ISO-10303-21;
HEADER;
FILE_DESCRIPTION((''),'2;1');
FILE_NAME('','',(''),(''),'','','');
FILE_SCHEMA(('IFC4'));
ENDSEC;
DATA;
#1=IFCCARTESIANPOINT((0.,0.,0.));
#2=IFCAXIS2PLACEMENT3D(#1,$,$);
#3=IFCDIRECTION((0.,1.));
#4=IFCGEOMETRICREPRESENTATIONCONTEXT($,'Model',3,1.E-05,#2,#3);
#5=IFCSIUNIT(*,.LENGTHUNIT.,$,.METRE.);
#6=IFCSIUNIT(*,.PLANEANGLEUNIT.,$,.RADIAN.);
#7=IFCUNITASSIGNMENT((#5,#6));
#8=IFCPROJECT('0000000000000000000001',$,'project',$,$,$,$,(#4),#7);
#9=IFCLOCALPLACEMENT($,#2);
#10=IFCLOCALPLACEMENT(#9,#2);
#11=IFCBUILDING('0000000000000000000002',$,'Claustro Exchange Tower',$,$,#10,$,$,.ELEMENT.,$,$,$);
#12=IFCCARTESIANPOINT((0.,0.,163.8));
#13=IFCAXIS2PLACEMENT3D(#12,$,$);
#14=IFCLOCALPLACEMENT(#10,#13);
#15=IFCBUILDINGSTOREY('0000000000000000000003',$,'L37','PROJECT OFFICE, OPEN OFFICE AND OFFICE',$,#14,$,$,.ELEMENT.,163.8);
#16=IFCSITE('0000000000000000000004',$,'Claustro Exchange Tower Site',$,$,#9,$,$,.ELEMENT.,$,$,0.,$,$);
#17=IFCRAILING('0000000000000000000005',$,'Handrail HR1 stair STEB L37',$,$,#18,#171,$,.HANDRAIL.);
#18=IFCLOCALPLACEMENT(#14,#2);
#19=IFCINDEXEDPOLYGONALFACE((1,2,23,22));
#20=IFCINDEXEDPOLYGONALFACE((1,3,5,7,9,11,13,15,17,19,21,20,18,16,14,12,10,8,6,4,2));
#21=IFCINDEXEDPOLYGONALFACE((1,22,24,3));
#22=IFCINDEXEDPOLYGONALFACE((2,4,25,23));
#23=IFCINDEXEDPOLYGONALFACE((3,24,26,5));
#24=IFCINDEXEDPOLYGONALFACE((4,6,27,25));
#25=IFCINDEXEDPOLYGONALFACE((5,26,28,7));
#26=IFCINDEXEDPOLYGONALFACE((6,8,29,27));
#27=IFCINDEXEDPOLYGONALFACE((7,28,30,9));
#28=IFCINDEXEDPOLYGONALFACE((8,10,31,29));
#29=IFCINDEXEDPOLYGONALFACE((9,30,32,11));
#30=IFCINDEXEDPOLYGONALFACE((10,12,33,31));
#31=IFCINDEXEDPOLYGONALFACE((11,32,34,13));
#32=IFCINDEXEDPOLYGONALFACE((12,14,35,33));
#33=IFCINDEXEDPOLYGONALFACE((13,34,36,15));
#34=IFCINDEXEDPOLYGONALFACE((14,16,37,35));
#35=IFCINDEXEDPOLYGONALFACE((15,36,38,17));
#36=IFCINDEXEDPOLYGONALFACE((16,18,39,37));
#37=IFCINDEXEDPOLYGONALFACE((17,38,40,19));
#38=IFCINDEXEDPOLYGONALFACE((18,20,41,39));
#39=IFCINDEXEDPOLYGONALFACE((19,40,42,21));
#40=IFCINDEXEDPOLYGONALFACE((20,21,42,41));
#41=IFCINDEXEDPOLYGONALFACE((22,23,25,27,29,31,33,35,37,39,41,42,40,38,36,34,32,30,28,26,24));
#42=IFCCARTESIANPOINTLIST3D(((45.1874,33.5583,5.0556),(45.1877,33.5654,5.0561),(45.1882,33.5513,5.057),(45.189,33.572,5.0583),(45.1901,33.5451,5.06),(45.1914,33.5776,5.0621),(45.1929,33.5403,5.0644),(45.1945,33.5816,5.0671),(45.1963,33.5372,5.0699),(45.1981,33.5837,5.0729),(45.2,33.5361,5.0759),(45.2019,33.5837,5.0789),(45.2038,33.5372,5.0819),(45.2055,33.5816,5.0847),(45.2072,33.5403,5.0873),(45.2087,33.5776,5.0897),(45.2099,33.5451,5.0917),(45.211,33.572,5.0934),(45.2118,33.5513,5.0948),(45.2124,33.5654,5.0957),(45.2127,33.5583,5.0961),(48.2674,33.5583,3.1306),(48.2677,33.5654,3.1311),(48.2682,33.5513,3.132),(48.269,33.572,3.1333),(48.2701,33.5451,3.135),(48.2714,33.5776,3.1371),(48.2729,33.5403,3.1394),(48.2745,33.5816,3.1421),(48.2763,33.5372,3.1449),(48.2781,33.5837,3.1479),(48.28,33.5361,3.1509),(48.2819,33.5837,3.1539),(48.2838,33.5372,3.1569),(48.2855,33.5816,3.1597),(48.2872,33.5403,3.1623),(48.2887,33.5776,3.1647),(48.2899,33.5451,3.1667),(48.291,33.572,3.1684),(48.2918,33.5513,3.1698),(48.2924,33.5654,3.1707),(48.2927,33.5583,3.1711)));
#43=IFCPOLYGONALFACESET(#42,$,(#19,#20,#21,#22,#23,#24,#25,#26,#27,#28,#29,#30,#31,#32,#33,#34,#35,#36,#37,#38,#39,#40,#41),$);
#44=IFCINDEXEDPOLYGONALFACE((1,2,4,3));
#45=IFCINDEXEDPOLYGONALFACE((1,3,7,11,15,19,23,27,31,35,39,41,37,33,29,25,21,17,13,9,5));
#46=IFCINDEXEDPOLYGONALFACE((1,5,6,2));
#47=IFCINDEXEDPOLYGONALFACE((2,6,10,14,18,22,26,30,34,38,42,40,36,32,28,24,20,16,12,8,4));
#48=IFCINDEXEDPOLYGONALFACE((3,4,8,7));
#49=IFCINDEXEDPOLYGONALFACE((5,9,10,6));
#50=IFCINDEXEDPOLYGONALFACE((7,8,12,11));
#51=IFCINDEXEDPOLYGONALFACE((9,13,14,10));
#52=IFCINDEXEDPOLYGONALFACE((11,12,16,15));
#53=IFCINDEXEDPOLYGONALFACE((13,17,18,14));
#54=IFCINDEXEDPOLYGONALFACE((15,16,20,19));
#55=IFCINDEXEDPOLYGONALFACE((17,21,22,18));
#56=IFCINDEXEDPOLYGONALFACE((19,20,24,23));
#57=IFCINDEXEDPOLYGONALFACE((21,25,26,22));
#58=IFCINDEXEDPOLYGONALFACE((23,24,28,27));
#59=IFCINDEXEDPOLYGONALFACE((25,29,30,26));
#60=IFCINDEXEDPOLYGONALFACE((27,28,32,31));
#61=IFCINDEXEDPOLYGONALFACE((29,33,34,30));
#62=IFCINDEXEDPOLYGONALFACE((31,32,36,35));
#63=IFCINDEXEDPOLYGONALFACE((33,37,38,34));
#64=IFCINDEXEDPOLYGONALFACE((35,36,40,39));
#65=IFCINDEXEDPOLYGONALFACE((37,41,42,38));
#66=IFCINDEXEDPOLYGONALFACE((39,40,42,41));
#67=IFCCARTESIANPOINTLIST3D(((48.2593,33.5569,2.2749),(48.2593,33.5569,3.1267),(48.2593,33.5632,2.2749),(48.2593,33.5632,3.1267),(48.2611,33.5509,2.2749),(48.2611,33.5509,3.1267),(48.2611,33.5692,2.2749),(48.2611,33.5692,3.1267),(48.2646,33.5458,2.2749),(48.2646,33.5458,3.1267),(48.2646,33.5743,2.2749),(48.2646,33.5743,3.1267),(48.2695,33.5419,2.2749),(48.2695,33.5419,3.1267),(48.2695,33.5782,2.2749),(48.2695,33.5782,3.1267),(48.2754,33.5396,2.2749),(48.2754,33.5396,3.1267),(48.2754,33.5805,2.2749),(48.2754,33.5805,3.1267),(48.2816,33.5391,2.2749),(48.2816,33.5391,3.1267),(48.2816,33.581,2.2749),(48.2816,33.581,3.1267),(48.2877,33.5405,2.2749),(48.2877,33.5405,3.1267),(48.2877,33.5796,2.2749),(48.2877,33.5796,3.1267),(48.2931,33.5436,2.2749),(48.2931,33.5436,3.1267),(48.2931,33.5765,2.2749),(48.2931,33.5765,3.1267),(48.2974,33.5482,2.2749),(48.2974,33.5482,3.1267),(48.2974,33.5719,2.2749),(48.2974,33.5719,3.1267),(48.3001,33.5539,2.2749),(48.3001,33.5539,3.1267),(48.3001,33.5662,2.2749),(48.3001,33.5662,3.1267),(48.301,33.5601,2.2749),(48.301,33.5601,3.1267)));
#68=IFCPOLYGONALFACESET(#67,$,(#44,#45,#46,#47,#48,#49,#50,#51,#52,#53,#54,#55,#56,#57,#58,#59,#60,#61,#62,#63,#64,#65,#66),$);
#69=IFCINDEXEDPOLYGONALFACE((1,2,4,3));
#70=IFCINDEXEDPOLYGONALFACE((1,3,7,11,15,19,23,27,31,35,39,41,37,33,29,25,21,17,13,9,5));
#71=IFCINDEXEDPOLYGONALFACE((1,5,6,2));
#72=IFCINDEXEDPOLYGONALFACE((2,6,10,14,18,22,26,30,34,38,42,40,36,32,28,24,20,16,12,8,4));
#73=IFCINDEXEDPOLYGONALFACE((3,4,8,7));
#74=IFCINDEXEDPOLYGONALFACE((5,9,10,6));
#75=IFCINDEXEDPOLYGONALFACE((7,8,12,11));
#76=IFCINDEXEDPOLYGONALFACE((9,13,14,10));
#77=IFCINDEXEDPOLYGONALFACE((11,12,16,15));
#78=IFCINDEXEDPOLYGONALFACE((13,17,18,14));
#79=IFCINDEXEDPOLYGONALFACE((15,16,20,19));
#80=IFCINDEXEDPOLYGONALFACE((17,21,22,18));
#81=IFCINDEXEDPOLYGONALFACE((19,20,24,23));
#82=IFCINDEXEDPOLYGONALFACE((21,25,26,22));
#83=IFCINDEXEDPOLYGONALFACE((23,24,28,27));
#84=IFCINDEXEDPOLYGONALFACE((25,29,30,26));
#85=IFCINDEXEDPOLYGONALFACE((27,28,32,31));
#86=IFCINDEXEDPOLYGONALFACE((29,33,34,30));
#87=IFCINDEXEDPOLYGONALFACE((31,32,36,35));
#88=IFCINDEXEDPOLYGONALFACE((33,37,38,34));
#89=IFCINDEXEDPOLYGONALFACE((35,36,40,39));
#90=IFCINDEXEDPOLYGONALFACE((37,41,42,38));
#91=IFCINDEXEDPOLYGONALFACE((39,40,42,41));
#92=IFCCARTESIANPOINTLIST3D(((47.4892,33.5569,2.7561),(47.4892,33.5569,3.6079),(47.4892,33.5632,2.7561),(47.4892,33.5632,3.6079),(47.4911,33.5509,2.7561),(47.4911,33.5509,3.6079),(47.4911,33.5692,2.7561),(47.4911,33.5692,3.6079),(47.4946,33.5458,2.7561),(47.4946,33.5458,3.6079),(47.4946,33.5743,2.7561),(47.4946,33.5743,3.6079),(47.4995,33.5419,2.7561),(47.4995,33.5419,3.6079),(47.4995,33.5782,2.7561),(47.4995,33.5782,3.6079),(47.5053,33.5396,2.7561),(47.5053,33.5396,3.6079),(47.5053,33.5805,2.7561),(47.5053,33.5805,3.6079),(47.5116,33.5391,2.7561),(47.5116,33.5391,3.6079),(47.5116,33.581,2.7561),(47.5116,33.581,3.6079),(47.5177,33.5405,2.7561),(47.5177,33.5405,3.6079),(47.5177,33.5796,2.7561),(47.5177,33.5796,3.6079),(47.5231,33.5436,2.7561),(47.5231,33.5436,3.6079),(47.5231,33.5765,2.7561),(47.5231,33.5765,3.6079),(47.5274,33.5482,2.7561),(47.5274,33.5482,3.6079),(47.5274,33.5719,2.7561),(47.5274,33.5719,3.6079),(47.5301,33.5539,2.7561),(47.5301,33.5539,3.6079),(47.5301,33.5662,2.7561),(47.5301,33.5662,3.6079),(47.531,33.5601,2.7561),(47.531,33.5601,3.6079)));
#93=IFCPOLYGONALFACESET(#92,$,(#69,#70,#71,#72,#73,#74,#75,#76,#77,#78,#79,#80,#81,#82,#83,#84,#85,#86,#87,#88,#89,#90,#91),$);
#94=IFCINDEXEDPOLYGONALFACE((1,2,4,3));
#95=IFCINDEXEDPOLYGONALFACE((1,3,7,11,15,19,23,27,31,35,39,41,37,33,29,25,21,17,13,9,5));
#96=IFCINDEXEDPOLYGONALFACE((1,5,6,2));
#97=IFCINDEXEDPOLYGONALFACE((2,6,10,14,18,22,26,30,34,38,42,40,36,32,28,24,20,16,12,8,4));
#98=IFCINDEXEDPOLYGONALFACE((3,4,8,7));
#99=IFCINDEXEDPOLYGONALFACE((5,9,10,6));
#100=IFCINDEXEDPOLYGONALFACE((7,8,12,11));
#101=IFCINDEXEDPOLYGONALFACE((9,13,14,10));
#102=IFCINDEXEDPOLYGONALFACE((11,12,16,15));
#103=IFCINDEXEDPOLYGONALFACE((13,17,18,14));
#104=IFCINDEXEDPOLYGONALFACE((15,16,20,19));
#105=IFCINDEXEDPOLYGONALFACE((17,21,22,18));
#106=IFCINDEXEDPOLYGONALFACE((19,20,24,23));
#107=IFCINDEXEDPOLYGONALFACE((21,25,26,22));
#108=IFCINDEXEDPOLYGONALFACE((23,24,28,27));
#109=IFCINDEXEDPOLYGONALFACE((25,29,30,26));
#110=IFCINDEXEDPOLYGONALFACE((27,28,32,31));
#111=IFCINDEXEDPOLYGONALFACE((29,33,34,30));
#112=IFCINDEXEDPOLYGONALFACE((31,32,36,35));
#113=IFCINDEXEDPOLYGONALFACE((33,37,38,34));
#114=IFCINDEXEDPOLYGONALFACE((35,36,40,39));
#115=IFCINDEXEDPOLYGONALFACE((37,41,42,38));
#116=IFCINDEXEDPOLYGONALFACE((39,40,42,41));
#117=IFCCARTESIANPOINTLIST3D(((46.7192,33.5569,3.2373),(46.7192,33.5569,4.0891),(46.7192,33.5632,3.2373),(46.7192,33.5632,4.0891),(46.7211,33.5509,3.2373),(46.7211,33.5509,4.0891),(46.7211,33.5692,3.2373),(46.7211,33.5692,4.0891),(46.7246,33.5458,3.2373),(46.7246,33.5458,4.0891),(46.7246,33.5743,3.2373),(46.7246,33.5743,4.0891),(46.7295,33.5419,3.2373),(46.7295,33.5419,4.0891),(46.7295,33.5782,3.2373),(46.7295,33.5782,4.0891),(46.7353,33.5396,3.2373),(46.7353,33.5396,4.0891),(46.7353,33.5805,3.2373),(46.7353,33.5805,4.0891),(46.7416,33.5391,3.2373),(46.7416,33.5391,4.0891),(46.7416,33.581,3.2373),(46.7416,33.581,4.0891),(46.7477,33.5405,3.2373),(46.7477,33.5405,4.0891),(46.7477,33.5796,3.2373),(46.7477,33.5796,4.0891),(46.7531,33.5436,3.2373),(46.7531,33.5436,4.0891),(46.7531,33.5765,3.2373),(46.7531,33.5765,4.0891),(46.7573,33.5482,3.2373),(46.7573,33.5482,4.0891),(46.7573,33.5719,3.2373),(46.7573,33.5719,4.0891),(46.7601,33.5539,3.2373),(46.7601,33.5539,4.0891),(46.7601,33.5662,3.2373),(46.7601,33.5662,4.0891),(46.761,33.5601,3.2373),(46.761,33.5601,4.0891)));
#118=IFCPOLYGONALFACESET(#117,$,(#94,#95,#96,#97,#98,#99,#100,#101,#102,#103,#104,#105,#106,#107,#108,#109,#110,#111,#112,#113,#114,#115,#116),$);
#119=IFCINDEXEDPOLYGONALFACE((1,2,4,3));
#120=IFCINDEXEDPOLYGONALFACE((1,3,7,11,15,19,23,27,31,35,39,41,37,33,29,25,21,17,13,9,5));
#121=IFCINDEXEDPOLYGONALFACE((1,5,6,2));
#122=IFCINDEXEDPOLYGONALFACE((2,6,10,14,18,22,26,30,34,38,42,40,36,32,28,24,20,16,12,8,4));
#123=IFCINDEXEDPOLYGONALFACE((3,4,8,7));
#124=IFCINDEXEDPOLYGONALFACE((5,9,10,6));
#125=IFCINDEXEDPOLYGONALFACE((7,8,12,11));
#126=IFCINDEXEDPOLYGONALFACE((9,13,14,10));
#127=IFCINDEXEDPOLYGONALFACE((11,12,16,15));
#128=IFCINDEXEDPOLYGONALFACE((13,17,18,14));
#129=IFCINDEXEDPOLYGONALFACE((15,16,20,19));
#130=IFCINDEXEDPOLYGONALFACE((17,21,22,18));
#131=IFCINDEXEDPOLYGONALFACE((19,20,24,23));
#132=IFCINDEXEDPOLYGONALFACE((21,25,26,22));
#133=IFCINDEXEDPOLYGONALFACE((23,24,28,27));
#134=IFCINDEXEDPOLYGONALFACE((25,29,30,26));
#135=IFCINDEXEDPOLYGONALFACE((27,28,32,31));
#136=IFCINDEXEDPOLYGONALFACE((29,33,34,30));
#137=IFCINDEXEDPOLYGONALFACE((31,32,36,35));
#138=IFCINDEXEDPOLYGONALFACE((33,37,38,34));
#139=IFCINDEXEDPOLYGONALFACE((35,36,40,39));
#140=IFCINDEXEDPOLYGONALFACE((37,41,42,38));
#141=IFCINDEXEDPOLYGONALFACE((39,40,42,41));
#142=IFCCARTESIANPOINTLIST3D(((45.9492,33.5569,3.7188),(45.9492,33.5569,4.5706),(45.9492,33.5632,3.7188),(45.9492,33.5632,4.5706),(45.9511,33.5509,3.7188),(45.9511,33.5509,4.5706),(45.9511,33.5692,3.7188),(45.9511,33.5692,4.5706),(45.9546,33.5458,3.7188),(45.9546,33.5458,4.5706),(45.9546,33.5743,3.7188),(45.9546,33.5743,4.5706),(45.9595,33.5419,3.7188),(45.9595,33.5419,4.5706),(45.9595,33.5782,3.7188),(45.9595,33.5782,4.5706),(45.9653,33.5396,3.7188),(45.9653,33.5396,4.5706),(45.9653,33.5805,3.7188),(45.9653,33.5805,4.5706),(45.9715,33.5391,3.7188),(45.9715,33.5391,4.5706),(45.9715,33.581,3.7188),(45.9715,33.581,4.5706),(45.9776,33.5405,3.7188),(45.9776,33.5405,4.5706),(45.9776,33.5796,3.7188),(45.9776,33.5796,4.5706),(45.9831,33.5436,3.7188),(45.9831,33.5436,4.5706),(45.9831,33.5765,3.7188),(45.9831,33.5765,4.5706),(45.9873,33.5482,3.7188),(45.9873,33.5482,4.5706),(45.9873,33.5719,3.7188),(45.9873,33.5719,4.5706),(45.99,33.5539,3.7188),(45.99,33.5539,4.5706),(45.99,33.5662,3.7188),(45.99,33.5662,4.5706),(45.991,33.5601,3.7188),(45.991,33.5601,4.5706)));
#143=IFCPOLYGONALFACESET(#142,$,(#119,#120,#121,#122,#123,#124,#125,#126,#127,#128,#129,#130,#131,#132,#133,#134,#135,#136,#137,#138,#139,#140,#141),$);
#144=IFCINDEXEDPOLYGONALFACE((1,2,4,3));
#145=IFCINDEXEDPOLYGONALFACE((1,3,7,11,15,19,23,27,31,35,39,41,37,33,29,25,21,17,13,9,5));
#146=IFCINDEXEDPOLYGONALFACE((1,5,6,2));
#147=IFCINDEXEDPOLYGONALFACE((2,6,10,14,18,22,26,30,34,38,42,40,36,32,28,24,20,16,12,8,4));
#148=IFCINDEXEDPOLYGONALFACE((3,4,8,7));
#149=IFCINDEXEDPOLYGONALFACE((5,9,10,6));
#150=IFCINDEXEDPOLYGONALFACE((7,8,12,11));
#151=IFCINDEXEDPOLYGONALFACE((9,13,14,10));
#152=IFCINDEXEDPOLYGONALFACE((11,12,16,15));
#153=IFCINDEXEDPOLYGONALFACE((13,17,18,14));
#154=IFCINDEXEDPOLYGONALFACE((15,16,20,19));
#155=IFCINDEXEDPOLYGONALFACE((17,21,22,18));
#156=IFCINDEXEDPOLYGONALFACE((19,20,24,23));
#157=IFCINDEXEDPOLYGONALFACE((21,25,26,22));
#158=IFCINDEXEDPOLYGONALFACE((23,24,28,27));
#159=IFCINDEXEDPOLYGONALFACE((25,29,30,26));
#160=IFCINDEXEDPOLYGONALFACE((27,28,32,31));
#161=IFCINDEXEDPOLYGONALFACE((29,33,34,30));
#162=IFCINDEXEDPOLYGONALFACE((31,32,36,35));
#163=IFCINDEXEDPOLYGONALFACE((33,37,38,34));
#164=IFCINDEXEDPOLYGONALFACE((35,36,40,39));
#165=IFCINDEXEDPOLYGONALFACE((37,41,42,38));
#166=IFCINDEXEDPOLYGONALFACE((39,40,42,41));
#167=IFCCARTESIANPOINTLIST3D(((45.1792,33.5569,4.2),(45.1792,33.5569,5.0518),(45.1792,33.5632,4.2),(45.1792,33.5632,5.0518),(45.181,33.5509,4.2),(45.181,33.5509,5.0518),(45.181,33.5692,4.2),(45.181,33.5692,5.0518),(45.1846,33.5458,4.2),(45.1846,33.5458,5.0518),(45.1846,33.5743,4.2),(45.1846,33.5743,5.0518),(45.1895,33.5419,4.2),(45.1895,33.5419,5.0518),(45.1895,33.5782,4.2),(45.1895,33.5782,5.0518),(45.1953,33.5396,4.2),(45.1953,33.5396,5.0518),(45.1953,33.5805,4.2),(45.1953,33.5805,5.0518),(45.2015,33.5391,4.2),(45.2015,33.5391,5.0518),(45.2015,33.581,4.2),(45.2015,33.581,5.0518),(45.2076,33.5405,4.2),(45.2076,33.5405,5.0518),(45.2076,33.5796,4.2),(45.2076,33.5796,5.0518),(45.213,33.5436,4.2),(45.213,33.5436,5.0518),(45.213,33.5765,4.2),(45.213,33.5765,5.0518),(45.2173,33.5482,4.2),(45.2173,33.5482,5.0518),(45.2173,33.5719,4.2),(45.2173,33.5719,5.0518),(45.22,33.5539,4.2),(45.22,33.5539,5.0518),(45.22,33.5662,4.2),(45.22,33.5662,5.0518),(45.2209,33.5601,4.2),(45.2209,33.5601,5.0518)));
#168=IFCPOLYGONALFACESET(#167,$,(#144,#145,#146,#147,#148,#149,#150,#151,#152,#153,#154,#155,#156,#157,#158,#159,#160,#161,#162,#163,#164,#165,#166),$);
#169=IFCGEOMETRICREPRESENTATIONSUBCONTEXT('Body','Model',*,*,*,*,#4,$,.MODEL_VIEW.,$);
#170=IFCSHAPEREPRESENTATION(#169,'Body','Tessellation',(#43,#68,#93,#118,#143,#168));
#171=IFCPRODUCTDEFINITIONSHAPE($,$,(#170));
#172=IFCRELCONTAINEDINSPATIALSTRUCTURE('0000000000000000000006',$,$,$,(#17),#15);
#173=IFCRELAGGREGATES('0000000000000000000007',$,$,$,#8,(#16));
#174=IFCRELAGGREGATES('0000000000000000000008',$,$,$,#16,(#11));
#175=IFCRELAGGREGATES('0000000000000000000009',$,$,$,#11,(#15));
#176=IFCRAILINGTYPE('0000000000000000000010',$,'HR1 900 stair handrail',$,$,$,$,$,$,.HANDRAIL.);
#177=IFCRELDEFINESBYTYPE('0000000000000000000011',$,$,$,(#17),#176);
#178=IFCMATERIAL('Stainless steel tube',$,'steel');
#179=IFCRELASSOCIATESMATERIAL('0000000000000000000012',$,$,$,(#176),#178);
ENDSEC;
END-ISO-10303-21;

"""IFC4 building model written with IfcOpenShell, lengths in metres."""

from ifc_helpers import new_model, si_unit, direction, frame, origin, origin_2d, place, context, subcontext, project, spatial, circle, extrude, material, type_object, element, save


model = new_model("IFC4")

# Units and contexts
model_context = context("Model", 3, precision=1e-05, world=origin(), true_north=direction((0.0, 1.0)))
body_context = subcontext(model_context, "Body", "Model", "MODEL_VIEW")
ifc_project = project(units=[si_unit("LENGTHUNIT", "METRE"), si_unit("PLANEANGLEUNIT", "RADIAN")], contexts=[model_context])

# Site, building, storey
site_placement = place(None, origin())
site = spatial("IfcSite", under=ifc_project, at=site_placement, Name="Claustro Exchange Tower Site", CompositionType="ELEMENT", RefElevation=0.0)
building_placement = place(site_placement, origin())
building = spatial("IfcBuilding", under=site, at=building_placement, Name="Claustro Exchange Tower", CompositionType="ELEMENT")
storey_placement = place(building_placement, frame((0.0, 0.0, 163.8)))
storey = spatial("IfcBuildingStorey", under=building, at=storey_placement, Name="L37", Description="PROJECT OFFICE, OPEN OFFICE AND OFFICE", CompositionType="ELEMENT", Elevation=163.8)

# Railing
ifc_material_1 = material(Name="Stainless steel tube", Category="steel")
railing_type_1 = type_object("IfcRailingType", Name="HR1 900 stair handrail", PredefinedType="HANDRAIL", material=ifc_material_1)
railing_1_placement = place(storey_placement, frame((48.28, 33.5601, 2.2749)))
element("IfcRailing", 1, at=railing_1_placement, inside=storey, type_object=railing_type_1, Name="Handrail HR1 stair STEB L37", PredefinedType="HANDRAIL", context=body_context, shape_type="SweptSolid", body=[
    extrude(circle(Radius=0.0239, at=origin_2d()), frame((0.0, 0.0, 0.876), z_axis=(-0.847998, 0.0, 0.529999), x_axis=(0.0, -1.0, 0.0)), (0.0, 0.0, 1.0), 3.6321),
    extrude(circle(Radius=0.021, at=origin_2d()), origin(), (0.0, 0.0, 1.0), 0.8518),
    extrude(circle(Radius=0.021, at=origin_2d()), frame((-0.77, 0.0, 0.4812)), (0.0, 0.0, 1.0), 0.8518),
    extrude(circle(Radius=0.021, at=origin_2d()), frame((-1.54, 0.0, 0.9624)), (0.0, 0.0, 1.0), 0.8518),
    extrude(circle(Radius=0.021, at=origin_2d()), frame((-2.3101, 0.0, 1.4438)), (0.0, 0.0, 1.0), 0.8518),
    extrude(circle(Radius=0.021, at=origin_2d()), frame((-3.0801, 0.0, 1.925)), (0.0, 0.0, 1.0), 0.8518),
])

save(model, "model.ifc")
